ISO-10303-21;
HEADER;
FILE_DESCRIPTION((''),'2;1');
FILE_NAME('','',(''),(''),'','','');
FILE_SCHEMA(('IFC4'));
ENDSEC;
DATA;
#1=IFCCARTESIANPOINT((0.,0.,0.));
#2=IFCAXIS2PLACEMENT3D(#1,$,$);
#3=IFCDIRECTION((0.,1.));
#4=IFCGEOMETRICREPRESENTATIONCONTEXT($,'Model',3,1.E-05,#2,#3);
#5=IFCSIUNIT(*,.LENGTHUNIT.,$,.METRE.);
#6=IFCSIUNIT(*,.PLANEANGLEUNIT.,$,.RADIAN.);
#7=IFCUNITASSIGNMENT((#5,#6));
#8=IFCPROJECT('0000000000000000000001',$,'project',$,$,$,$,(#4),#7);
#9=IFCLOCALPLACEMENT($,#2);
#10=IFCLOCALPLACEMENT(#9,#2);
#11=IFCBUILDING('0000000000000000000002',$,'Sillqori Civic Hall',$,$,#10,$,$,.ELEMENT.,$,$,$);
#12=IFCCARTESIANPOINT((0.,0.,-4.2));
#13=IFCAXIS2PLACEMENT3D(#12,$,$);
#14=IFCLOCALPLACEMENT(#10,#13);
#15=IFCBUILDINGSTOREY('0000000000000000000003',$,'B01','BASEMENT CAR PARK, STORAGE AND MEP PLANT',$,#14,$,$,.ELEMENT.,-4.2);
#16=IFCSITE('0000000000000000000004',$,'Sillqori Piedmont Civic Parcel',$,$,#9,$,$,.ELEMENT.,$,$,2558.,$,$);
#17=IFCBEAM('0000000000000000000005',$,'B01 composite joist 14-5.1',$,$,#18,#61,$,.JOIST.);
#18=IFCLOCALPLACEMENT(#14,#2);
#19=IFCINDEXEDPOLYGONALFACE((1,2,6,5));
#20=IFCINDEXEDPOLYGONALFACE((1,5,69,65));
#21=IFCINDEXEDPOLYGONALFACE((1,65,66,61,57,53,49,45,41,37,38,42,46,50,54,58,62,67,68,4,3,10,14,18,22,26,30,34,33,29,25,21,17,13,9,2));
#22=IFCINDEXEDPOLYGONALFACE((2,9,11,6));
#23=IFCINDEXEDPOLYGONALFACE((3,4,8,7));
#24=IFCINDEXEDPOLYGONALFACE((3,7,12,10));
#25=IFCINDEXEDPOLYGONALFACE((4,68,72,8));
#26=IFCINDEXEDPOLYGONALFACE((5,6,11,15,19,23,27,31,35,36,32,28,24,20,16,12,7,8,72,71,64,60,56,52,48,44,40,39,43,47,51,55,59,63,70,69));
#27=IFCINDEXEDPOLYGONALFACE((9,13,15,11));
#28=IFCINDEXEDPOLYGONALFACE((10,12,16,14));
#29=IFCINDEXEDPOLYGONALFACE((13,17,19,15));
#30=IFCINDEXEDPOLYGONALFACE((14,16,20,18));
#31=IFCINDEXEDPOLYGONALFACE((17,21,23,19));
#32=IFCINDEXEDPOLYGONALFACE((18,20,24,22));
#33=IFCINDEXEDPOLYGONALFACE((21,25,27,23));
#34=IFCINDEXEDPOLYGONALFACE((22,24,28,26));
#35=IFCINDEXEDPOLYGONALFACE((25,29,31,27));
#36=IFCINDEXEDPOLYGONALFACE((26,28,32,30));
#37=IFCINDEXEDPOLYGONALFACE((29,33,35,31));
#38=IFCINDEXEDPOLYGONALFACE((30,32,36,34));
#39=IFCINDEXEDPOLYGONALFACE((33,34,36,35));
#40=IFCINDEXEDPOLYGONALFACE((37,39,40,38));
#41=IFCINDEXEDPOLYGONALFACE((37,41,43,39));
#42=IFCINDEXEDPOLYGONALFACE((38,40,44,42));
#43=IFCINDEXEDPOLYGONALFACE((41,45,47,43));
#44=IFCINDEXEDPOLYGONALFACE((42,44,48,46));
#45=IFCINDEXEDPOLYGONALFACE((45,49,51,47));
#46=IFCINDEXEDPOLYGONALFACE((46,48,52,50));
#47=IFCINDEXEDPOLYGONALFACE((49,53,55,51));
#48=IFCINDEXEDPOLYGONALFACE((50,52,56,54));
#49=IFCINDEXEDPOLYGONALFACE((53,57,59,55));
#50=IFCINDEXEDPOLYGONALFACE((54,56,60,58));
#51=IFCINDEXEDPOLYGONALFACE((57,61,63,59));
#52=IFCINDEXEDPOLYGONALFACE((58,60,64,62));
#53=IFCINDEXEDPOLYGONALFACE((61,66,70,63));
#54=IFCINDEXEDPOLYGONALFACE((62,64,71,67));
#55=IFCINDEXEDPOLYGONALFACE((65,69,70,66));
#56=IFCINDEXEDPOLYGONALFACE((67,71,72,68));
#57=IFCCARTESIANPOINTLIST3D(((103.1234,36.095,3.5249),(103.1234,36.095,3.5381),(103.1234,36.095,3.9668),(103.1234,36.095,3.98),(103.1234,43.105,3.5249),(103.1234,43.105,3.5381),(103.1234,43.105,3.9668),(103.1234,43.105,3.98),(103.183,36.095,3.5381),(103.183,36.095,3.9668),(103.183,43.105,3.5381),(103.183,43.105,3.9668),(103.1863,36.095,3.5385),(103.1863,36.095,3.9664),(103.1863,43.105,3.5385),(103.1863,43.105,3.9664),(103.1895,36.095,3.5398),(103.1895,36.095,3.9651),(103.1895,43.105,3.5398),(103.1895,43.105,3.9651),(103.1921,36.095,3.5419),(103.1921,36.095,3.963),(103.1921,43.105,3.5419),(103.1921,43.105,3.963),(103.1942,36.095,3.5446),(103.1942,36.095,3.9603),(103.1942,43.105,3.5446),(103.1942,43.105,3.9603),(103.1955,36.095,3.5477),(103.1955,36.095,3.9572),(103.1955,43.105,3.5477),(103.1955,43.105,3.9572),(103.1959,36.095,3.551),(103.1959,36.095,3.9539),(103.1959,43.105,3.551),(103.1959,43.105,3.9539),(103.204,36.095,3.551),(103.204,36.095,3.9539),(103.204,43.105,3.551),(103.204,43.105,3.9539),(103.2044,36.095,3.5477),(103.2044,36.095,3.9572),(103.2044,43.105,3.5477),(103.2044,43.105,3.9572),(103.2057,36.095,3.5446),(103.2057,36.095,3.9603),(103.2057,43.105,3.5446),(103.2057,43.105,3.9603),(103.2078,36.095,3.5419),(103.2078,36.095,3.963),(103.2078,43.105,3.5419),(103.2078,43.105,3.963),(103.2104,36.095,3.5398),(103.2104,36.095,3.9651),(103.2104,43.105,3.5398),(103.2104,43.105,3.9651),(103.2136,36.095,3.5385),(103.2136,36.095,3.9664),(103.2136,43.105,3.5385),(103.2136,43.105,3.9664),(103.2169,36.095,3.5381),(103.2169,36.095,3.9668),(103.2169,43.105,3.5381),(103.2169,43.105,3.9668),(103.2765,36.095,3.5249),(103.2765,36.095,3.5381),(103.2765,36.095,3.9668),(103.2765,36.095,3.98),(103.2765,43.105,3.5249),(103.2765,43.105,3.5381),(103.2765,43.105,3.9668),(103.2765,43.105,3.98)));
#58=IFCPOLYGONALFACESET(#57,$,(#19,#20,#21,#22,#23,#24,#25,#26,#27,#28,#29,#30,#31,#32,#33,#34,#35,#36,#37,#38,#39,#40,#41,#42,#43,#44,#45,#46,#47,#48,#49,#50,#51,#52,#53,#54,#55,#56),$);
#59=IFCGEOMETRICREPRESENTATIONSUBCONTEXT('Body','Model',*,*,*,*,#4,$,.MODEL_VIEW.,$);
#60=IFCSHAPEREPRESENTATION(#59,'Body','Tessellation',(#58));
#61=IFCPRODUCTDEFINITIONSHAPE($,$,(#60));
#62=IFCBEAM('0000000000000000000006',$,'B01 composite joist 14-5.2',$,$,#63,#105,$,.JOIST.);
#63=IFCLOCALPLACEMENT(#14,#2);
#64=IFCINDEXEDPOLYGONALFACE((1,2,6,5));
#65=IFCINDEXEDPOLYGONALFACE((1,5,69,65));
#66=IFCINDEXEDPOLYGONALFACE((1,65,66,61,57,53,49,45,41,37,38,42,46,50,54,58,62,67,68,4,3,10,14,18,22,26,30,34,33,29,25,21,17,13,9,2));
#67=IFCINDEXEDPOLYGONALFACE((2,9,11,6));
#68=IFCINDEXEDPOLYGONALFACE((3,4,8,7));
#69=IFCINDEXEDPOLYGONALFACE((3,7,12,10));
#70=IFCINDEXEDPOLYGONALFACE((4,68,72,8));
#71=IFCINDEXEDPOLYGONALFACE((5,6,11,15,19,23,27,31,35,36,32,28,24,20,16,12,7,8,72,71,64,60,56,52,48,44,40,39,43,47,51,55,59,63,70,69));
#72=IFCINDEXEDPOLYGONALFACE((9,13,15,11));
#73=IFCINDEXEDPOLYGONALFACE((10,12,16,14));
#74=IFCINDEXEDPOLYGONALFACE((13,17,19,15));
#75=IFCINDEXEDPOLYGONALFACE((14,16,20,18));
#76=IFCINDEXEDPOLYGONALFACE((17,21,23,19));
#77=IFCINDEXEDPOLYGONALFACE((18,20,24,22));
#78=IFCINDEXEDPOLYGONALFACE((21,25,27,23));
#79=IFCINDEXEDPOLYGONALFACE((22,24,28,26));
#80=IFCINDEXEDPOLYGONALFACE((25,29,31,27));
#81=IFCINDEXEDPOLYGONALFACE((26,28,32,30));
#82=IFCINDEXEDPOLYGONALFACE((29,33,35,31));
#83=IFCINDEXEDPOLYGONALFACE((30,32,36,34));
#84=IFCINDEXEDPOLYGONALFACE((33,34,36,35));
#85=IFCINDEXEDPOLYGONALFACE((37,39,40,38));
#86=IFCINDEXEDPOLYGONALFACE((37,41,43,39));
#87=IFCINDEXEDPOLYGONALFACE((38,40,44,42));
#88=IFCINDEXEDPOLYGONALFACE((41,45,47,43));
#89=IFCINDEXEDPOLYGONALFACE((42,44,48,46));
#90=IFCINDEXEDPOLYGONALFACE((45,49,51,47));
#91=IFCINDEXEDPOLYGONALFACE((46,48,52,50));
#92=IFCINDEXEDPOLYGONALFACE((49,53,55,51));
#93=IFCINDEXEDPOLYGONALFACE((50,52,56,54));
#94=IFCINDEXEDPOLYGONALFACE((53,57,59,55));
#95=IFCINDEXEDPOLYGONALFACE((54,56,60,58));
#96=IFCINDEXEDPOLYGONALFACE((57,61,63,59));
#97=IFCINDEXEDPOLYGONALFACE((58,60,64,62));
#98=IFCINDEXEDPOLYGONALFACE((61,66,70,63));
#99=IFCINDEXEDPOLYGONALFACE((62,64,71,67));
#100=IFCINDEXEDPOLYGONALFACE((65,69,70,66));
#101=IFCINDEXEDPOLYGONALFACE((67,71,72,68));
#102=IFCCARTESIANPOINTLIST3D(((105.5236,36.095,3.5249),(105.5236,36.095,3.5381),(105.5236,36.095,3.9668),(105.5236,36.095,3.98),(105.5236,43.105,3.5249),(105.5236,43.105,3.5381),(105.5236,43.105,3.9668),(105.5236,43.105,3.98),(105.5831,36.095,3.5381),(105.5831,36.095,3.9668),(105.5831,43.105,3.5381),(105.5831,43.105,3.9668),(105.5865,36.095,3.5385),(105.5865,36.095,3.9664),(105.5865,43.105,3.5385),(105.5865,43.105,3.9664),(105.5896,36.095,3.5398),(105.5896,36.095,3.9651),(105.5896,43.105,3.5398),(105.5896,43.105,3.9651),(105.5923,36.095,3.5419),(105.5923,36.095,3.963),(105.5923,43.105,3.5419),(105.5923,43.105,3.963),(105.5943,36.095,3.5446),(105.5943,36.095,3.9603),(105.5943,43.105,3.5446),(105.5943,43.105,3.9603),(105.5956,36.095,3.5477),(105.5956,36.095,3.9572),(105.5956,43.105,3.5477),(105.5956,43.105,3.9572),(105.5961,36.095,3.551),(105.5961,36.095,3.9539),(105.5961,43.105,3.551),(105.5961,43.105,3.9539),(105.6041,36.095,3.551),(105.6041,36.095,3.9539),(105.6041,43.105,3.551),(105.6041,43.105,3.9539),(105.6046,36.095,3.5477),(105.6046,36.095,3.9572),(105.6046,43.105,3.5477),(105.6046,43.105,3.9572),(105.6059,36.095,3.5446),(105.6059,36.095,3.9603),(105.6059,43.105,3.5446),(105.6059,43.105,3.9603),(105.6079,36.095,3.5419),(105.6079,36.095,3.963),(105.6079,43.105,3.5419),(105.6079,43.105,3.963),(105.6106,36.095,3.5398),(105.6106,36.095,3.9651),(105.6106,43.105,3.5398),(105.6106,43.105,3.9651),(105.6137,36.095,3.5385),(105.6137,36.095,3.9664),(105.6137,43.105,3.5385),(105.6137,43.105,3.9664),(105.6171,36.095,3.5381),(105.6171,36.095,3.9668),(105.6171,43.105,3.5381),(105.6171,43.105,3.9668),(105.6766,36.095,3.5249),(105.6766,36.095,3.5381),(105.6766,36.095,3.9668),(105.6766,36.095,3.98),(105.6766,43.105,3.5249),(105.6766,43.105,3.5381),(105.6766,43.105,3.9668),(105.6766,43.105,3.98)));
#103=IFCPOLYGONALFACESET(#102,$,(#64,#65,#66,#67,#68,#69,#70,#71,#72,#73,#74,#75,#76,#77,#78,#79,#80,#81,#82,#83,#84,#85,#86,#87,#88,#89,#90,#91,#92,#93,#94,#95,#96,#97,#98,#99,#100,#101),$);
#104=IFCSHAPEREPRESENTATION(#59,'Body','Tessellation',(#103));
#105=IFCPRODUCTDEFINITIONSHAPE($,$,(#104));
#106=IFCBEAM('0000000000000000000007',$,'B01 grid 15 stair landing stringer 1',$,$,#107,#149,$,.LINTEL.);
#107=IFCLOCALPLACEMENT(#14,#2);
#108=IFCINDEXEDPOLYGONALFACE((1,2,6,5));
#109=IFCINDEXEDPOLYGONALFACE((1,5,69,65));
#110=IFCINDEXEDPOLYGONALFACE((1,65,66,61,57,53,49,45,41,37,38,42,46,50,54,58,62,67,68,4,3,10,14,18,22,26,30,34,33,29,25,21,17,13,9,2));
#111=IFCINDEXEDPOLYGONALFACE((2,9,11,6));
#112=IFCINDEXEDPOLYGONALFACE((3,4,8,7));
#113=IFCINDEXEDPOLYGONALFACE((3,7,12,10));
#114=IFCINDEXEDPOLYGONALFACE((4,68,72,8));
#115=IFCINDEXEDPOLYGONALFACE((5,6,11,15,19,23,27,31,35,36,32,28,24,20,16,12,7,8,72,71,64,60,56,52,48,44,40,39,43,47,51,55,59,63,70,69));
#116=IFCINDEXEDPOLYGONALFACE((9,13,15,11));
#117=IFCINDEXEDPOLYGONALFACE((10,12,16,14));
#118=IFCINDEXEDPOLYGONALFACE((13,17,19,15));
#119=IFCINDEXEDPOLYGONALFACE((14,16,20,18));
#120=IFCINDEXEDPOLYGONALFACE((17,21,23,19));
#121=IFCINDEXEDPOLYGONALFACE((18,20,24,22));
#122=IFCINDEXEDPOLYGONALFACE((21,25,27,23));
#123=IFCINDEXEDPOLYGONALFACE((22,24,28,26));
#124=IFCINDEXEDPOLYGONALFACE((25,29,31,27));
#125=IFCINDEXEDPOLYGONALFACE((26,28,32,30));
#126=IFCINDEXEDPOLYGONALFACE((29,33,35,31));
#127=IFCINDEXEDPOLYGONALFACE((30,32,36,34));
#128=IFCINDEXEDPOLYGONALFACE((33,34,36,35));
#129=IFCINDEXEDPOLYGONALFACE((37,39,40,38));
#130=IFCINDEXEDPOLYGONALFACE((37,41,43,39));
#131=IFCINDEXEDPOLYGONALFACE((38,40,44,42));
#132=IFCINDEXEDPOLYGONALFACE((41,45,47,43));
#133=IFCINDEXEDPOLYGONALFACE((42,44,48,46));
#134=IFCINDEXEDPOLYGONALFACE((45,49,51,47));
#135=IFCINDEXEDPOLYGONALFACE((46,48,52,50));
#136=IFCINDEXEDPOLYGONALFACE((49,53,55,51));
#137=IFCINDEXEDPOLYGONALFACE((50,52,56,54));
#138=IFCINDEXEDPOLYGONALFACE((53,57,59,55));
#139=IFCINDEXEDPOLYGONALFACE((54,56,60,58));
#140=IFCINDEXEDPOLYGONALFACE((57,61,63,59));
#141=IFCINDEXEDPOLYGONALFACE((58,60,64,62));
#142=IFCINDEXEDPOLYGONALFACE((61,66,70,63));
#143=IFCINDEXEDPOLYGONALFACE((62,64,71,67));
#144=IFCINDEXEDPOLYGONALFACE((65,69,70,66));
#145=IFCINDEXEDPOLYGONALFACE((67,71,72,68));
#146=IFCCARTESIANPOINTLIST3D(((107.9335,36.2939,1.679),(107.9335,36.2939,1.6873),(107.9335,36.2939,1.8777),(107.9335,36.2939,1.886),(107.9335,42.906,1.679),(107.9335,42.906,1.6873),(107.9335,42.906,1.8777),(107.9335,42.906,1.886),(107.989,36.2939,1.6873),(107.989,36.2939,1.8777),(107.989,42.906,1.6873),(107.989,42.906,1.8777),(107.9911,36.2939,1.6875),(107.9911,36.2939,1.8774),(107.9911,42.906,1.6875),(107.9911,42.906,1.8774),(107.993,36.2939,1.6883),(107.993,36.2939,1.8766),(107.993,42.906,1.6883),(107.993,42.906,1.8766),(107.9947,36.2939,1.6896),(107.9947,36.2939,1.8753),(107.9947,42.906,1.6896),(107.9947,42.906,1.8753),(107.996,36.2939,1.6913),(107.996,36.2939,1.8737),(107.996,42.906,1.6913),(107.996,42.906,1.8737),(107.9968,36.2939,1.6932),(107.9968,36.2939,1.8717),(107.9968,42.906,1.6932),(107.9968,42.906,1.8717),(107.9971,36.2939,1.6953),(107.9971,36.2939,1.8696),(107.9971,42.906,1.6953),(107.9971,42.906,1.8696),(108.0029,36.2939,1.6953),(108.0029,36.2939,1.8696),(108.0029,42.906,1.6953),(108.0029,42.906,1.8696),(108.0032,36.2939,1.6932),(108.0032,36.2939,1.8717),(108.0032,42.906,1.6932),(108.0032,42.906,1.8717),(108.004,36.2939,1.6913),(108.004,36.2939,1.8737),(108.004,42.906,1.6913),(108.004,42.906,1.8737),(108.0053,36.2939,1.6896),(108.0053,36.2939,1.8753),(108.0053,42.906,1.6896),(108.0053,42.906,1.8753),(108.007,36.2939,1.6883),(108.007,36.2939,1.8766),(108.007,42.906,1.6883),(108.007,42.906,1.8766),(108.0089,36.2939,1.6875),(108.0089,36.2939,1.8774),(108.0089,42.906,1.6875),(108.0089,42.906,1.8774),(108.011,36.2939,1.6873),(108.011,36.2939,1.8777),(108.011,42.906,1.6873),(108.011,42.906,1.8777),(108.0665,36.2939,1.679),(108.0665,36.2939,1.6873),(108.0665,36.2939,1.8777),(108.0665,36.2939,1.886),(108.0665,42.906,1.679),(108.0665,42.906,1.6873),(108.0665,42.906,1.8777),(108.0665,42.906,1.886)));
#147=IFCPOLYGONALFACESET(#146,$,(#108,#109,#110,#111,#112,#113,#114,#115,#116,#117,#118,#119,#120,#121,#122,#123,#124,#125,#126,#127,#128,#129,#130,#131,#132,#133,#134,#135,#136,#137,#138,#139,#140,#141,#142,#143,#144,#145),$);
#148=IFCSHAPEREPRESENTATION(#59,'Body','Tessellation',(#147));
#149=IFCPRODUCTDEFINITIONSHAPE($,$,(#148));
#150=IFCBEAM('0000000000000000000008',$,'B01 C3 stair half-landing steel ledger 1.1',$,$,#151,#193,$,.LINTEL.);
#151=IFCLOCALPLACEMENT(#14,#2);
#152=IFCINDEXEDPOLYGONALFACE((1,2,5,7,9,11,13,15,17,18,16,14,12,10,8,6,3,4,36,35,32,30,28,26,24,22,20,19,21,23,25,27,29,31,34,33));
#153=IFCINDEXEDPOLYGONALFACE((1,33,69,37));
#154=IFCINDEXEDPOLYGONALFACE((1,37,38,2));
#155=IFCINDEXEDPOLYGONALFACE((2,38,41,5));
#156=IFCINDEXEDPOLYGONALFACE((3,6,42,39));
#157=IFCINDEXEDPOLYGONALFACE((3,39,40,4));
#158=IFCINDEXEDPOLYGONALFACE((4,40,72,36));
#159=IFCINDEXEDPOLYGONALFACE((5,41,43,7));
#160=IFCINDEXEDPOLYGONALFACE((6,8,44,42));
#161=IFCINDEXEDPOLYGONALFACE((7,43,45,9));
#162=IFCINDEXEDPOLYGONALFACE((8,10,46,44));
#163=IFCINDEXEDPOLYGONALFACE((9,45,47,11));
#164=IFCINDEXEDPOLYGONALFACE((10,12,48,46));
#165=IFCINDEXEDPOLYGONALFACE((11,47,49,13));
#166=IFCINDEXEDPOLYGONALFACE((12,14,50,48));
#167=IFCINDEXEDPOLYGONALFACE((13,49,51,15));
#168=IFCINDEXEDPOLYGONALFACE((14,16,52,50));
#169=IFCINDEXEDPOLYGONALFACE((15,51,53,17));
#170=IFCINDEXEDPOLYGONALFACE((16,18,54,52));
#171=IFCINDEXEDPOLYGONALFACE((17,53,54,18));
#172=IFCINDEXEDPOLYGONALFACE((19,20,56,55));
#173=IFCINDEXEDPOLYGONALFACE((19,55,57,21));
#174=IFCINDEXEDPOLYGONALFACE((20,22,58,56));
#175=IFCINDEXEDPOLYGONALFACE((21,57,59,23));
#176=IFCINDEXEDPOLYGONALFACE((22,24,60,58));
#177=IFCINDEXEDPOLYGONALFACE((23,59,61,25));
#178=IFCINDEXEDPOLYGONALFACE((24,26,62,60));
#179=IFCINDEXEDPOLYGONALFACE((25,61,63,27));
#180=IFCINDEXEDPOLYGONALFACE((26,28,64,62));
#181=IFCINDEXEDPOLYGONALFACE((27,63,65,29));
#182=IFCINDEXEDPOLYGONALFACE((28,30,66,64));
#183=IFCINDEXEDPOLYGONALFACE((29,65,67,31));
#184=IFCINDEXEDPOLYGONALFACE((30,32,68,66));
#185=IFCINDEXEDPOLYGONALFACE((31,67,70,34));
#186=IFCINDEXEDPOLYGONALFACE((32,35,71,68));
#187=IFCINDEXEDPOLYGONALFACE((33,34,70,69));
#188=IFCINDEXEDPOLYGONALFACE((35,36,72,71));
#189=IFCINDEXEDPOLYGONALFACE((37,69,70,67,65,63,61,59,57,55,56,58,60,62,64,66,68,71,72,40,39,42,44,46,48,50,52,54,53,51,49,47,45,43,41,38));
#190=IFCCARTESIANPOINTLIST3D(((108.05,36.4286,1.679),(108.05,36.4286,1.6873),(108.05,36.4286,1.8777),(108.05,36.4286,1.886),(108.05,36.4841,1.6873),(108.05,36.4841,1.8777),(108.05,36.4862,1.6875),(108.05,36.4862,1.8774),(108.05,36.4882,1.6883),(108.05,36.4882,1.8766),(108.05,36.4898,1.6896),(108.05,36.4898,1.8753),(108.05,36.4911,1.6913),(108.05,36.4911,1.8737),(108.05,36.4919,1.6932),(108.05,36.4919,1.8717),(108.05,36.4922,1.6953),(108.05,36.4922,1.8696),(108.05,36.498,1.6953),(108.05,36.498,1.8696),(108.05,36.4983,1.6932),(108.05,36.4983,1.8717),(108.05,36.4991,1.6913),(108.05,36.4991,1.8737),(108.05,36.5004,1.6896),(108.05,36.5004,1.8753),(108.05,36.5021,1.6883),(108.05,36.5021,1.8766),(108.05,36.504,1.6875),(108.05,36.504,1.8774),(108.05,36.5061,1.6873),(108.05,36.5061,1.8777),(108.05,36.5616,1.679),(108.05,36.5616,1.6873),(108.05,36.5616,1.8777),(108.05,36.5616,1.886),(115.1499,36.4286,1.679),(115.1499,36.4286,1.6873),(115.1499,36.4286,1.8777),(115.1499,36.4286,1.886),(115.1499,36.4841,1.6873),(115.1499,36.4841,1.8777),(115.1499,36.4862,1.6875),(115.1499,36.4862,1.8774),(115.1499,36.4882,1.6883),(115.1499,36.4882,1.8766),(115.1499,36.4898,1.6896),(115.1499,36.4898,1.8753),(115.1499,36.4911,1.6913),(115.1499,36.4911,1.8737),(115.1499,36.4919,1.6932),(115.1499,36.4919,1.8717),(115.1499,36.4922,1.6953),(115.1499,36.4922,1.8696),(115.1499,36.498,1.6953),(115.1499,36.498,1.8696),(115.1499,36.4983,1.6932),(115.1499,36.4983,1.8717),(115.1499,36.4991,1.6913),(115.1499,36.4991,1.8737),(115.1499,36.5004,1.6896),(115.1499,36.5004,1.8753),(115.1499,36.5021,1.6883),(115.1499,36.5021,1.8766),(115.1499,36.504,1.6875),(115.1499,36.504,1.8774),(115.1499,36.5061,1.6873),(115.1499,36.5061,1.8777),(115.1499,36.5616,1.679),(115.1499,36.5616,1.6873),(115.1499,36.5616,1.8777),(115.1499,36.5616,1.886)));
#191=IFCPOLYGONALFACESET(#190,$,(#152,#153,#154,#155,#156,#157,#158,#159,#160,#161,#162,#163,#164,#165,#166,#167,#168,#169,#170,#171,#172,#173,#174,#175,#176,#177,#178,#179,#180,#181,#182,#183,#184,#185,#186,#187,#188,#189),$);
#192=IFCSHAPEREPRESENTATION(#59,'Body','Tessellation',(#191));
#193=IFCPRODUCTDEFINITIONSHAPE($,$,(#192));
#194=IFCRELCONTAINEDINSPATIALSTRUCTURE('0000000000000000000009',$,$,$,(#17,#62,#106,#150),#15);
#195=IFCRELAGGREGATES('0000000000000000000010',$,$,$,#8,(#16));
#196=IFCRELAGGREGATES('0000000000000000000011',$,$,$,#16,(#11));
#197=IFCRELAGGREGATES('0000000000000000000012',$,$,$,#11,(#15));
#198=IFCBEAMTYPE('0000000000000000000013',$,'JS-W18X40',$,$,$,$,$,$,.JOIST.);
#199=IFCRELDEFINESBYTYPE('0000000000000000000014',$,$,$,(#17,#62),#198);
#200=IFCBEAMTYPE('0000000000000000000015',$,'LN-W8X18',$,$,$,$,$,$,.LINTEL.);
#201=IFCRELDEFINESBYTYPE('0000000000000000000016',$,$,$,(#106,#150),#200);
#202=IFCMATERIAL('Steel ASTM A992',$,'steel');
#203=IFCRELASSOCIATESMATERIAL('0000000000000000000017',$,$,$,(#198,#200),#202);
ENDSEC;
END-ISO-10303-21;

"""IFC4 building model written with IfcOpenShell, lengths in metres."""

from ifc_helpers import new_model, si_unit, direction, frame, origin, origin_2d, place, context, subcontext, project, spatial, i_section, extrude, material, material_profile, profile_set, type_object, element, save


model = new_model("IFC4")

# Units and contexts
model_context = context("Model", 3, precision=1e-05, world=origin(), true_north=direction((0.0, 1.0)))
body_context = subcontext(model_context, "Body", "Model", "MODEL_VIEW")
ifc_project = project(units=[si_unit("LENGTHUNIT", "METRE"), si_unit("PLANEANGLEUNIT", "RADIAN")], contexts=[model_context])

# Site, building, storey
site_placement = place(None, origin())
site = spatial("IfcSite", under=ifc_project, at=site_placement, Name="Sillqori Piedmont Civic Parcel", CompositionType="ELEMENT", RefElevation=2558.0)
building_placement = place(site_placement, origin())
building = spatial("IfcBuilding", under=site, at=building_placement, Name="Sillqori Civic Hall", CompositionType="ELEMENT")
storey_placement = place(building_placement, frame((0.0, 0.0, -4.2)))
storey = spatial("IfcBuildingStorey", under=building, at=storey_placement, Name="B01", Description="BASEMENT CAR PARK, STORAGE AND MEP PLANT", CompositionType="ELEMENT", Elevation=-4.2)

# Beams
ifc_material_1 = material(Name="Steel ASTM A992", Category="steel")
ifc_material_profile_1 = material_profile(ifc_material_1, i_section(OverallWidth=0.1531, OverallDepth=0.4551, WebThickness=0.0081, FlangeThickness=0.0132, FilletRadius=0.0129, at=origin_2d()), Name="W18X40")
ifc_profile_set_1 = profile_set([ifc_material_profile_1], Name="Steel ASTM A992")
beam_type_1 = type_object("IfcBeamType", Name="JS-W18X40", PredefinedType="JOIST", material=ifc_profile_set_1)
for number, where, z_axis, x_axis, name in (
    (1, (103.2, 36.095, 3.7524), (0.0, 1.0, 0.0), (-1.0, 0.0, 0.0), "B01 composite joist 14-5.1"),
    (2, (105.6001, 36.095, 3.7524), (0.0, 1.0, 0.0), (-1.0, 0.0, 0.0), "B01 composite joist 14-5.2"),
):
    element("IfcBeam", number, at=place(storey_placement, frame(where, z_axis=z_axis, x_axis=x_axis)), inside=storey, type_object=beam_type_1, Name=name, PredefinedType="JOIST", context=body_context, shape_type="SweptSolid", body=[
        extrude(i_section(OverallWidth=0.1531, OverallDepth=0.4551, WebThickness=0.0081, FlangeThickness=0.0132, FilletRadius=0.0129, at=origin_2d()), origin(), (0.0, 0.0, 1.0), 7.01),
    ])
ifc_material_profile_2 = material_profile(ifc_material_1, i_section(OverallWidth=0.1331, OverallDepth=0.207, WebThickness=0.0059, FlangeThickness=0.0083, FilletRadius=0.0081, at=origin_2d()), Name="W8X18")
ifc_profile_set_2 = profile_set([ifc_material_profile_2], Name="Steel ASTM A992")
beam_type_2 = type_object("IfcBeamType", Name="LN-W8X18", PredefinedType="LINTEL", material=ifc_profile_set_2)
beam_1_placement = place(storey_placement, frame((108.0, 36.2939, 1.7825), z_axis=(0.0, 1.0, 0.0), x_axis=(-1.0, 0.0, 0.0)))
element("IfcBeam", 3, at=beam_1_placement, inside=storey, type_object=beam_type_2, Name="B01 grid 15 stair landing stringer 1", PredefinedType="LINTEL", context=body_context, shape_type="SweptSolid", body=[
    extrude(i_section(OverallWidth=0.1331, OverallDepth=0.207, WebThickness=0.0059, FlangeThickness=0.0083, FilletRadius=0.0081, at=origin_2d()), origin(), (0.0, 0.0, 1.0), 6.6121),
])
for number, where, z_axis, x_axis, name in (
    (4, (108.05, 36.4951, 1.7825), (1.0, 0.0, 0.0), (0.0, 1.0, 0.0), "B01 C3 stair half-landing steel ledger 1.1"),
):
    element("IfcBeam", number, at=place(storey_placement, frame(where, z_axis=z_axis, x_axis=x_axis)), inside=storey, type_object=beam_type_2, Name=name, PredefinedType="LINTEL", context=body_context, shape_type="SweptSolid", body=[
        extrude(i_section(OverallWidth=0.1331, OverallDepth=0.207, WebThickness=0.0059, FlangeThickness=0.0083, FilletRadius=0.0081, at=origin_2d()), origin(), (0.0, 0.0, 1.0), 7.0999),
    ])

save(model, "model.ifc")
